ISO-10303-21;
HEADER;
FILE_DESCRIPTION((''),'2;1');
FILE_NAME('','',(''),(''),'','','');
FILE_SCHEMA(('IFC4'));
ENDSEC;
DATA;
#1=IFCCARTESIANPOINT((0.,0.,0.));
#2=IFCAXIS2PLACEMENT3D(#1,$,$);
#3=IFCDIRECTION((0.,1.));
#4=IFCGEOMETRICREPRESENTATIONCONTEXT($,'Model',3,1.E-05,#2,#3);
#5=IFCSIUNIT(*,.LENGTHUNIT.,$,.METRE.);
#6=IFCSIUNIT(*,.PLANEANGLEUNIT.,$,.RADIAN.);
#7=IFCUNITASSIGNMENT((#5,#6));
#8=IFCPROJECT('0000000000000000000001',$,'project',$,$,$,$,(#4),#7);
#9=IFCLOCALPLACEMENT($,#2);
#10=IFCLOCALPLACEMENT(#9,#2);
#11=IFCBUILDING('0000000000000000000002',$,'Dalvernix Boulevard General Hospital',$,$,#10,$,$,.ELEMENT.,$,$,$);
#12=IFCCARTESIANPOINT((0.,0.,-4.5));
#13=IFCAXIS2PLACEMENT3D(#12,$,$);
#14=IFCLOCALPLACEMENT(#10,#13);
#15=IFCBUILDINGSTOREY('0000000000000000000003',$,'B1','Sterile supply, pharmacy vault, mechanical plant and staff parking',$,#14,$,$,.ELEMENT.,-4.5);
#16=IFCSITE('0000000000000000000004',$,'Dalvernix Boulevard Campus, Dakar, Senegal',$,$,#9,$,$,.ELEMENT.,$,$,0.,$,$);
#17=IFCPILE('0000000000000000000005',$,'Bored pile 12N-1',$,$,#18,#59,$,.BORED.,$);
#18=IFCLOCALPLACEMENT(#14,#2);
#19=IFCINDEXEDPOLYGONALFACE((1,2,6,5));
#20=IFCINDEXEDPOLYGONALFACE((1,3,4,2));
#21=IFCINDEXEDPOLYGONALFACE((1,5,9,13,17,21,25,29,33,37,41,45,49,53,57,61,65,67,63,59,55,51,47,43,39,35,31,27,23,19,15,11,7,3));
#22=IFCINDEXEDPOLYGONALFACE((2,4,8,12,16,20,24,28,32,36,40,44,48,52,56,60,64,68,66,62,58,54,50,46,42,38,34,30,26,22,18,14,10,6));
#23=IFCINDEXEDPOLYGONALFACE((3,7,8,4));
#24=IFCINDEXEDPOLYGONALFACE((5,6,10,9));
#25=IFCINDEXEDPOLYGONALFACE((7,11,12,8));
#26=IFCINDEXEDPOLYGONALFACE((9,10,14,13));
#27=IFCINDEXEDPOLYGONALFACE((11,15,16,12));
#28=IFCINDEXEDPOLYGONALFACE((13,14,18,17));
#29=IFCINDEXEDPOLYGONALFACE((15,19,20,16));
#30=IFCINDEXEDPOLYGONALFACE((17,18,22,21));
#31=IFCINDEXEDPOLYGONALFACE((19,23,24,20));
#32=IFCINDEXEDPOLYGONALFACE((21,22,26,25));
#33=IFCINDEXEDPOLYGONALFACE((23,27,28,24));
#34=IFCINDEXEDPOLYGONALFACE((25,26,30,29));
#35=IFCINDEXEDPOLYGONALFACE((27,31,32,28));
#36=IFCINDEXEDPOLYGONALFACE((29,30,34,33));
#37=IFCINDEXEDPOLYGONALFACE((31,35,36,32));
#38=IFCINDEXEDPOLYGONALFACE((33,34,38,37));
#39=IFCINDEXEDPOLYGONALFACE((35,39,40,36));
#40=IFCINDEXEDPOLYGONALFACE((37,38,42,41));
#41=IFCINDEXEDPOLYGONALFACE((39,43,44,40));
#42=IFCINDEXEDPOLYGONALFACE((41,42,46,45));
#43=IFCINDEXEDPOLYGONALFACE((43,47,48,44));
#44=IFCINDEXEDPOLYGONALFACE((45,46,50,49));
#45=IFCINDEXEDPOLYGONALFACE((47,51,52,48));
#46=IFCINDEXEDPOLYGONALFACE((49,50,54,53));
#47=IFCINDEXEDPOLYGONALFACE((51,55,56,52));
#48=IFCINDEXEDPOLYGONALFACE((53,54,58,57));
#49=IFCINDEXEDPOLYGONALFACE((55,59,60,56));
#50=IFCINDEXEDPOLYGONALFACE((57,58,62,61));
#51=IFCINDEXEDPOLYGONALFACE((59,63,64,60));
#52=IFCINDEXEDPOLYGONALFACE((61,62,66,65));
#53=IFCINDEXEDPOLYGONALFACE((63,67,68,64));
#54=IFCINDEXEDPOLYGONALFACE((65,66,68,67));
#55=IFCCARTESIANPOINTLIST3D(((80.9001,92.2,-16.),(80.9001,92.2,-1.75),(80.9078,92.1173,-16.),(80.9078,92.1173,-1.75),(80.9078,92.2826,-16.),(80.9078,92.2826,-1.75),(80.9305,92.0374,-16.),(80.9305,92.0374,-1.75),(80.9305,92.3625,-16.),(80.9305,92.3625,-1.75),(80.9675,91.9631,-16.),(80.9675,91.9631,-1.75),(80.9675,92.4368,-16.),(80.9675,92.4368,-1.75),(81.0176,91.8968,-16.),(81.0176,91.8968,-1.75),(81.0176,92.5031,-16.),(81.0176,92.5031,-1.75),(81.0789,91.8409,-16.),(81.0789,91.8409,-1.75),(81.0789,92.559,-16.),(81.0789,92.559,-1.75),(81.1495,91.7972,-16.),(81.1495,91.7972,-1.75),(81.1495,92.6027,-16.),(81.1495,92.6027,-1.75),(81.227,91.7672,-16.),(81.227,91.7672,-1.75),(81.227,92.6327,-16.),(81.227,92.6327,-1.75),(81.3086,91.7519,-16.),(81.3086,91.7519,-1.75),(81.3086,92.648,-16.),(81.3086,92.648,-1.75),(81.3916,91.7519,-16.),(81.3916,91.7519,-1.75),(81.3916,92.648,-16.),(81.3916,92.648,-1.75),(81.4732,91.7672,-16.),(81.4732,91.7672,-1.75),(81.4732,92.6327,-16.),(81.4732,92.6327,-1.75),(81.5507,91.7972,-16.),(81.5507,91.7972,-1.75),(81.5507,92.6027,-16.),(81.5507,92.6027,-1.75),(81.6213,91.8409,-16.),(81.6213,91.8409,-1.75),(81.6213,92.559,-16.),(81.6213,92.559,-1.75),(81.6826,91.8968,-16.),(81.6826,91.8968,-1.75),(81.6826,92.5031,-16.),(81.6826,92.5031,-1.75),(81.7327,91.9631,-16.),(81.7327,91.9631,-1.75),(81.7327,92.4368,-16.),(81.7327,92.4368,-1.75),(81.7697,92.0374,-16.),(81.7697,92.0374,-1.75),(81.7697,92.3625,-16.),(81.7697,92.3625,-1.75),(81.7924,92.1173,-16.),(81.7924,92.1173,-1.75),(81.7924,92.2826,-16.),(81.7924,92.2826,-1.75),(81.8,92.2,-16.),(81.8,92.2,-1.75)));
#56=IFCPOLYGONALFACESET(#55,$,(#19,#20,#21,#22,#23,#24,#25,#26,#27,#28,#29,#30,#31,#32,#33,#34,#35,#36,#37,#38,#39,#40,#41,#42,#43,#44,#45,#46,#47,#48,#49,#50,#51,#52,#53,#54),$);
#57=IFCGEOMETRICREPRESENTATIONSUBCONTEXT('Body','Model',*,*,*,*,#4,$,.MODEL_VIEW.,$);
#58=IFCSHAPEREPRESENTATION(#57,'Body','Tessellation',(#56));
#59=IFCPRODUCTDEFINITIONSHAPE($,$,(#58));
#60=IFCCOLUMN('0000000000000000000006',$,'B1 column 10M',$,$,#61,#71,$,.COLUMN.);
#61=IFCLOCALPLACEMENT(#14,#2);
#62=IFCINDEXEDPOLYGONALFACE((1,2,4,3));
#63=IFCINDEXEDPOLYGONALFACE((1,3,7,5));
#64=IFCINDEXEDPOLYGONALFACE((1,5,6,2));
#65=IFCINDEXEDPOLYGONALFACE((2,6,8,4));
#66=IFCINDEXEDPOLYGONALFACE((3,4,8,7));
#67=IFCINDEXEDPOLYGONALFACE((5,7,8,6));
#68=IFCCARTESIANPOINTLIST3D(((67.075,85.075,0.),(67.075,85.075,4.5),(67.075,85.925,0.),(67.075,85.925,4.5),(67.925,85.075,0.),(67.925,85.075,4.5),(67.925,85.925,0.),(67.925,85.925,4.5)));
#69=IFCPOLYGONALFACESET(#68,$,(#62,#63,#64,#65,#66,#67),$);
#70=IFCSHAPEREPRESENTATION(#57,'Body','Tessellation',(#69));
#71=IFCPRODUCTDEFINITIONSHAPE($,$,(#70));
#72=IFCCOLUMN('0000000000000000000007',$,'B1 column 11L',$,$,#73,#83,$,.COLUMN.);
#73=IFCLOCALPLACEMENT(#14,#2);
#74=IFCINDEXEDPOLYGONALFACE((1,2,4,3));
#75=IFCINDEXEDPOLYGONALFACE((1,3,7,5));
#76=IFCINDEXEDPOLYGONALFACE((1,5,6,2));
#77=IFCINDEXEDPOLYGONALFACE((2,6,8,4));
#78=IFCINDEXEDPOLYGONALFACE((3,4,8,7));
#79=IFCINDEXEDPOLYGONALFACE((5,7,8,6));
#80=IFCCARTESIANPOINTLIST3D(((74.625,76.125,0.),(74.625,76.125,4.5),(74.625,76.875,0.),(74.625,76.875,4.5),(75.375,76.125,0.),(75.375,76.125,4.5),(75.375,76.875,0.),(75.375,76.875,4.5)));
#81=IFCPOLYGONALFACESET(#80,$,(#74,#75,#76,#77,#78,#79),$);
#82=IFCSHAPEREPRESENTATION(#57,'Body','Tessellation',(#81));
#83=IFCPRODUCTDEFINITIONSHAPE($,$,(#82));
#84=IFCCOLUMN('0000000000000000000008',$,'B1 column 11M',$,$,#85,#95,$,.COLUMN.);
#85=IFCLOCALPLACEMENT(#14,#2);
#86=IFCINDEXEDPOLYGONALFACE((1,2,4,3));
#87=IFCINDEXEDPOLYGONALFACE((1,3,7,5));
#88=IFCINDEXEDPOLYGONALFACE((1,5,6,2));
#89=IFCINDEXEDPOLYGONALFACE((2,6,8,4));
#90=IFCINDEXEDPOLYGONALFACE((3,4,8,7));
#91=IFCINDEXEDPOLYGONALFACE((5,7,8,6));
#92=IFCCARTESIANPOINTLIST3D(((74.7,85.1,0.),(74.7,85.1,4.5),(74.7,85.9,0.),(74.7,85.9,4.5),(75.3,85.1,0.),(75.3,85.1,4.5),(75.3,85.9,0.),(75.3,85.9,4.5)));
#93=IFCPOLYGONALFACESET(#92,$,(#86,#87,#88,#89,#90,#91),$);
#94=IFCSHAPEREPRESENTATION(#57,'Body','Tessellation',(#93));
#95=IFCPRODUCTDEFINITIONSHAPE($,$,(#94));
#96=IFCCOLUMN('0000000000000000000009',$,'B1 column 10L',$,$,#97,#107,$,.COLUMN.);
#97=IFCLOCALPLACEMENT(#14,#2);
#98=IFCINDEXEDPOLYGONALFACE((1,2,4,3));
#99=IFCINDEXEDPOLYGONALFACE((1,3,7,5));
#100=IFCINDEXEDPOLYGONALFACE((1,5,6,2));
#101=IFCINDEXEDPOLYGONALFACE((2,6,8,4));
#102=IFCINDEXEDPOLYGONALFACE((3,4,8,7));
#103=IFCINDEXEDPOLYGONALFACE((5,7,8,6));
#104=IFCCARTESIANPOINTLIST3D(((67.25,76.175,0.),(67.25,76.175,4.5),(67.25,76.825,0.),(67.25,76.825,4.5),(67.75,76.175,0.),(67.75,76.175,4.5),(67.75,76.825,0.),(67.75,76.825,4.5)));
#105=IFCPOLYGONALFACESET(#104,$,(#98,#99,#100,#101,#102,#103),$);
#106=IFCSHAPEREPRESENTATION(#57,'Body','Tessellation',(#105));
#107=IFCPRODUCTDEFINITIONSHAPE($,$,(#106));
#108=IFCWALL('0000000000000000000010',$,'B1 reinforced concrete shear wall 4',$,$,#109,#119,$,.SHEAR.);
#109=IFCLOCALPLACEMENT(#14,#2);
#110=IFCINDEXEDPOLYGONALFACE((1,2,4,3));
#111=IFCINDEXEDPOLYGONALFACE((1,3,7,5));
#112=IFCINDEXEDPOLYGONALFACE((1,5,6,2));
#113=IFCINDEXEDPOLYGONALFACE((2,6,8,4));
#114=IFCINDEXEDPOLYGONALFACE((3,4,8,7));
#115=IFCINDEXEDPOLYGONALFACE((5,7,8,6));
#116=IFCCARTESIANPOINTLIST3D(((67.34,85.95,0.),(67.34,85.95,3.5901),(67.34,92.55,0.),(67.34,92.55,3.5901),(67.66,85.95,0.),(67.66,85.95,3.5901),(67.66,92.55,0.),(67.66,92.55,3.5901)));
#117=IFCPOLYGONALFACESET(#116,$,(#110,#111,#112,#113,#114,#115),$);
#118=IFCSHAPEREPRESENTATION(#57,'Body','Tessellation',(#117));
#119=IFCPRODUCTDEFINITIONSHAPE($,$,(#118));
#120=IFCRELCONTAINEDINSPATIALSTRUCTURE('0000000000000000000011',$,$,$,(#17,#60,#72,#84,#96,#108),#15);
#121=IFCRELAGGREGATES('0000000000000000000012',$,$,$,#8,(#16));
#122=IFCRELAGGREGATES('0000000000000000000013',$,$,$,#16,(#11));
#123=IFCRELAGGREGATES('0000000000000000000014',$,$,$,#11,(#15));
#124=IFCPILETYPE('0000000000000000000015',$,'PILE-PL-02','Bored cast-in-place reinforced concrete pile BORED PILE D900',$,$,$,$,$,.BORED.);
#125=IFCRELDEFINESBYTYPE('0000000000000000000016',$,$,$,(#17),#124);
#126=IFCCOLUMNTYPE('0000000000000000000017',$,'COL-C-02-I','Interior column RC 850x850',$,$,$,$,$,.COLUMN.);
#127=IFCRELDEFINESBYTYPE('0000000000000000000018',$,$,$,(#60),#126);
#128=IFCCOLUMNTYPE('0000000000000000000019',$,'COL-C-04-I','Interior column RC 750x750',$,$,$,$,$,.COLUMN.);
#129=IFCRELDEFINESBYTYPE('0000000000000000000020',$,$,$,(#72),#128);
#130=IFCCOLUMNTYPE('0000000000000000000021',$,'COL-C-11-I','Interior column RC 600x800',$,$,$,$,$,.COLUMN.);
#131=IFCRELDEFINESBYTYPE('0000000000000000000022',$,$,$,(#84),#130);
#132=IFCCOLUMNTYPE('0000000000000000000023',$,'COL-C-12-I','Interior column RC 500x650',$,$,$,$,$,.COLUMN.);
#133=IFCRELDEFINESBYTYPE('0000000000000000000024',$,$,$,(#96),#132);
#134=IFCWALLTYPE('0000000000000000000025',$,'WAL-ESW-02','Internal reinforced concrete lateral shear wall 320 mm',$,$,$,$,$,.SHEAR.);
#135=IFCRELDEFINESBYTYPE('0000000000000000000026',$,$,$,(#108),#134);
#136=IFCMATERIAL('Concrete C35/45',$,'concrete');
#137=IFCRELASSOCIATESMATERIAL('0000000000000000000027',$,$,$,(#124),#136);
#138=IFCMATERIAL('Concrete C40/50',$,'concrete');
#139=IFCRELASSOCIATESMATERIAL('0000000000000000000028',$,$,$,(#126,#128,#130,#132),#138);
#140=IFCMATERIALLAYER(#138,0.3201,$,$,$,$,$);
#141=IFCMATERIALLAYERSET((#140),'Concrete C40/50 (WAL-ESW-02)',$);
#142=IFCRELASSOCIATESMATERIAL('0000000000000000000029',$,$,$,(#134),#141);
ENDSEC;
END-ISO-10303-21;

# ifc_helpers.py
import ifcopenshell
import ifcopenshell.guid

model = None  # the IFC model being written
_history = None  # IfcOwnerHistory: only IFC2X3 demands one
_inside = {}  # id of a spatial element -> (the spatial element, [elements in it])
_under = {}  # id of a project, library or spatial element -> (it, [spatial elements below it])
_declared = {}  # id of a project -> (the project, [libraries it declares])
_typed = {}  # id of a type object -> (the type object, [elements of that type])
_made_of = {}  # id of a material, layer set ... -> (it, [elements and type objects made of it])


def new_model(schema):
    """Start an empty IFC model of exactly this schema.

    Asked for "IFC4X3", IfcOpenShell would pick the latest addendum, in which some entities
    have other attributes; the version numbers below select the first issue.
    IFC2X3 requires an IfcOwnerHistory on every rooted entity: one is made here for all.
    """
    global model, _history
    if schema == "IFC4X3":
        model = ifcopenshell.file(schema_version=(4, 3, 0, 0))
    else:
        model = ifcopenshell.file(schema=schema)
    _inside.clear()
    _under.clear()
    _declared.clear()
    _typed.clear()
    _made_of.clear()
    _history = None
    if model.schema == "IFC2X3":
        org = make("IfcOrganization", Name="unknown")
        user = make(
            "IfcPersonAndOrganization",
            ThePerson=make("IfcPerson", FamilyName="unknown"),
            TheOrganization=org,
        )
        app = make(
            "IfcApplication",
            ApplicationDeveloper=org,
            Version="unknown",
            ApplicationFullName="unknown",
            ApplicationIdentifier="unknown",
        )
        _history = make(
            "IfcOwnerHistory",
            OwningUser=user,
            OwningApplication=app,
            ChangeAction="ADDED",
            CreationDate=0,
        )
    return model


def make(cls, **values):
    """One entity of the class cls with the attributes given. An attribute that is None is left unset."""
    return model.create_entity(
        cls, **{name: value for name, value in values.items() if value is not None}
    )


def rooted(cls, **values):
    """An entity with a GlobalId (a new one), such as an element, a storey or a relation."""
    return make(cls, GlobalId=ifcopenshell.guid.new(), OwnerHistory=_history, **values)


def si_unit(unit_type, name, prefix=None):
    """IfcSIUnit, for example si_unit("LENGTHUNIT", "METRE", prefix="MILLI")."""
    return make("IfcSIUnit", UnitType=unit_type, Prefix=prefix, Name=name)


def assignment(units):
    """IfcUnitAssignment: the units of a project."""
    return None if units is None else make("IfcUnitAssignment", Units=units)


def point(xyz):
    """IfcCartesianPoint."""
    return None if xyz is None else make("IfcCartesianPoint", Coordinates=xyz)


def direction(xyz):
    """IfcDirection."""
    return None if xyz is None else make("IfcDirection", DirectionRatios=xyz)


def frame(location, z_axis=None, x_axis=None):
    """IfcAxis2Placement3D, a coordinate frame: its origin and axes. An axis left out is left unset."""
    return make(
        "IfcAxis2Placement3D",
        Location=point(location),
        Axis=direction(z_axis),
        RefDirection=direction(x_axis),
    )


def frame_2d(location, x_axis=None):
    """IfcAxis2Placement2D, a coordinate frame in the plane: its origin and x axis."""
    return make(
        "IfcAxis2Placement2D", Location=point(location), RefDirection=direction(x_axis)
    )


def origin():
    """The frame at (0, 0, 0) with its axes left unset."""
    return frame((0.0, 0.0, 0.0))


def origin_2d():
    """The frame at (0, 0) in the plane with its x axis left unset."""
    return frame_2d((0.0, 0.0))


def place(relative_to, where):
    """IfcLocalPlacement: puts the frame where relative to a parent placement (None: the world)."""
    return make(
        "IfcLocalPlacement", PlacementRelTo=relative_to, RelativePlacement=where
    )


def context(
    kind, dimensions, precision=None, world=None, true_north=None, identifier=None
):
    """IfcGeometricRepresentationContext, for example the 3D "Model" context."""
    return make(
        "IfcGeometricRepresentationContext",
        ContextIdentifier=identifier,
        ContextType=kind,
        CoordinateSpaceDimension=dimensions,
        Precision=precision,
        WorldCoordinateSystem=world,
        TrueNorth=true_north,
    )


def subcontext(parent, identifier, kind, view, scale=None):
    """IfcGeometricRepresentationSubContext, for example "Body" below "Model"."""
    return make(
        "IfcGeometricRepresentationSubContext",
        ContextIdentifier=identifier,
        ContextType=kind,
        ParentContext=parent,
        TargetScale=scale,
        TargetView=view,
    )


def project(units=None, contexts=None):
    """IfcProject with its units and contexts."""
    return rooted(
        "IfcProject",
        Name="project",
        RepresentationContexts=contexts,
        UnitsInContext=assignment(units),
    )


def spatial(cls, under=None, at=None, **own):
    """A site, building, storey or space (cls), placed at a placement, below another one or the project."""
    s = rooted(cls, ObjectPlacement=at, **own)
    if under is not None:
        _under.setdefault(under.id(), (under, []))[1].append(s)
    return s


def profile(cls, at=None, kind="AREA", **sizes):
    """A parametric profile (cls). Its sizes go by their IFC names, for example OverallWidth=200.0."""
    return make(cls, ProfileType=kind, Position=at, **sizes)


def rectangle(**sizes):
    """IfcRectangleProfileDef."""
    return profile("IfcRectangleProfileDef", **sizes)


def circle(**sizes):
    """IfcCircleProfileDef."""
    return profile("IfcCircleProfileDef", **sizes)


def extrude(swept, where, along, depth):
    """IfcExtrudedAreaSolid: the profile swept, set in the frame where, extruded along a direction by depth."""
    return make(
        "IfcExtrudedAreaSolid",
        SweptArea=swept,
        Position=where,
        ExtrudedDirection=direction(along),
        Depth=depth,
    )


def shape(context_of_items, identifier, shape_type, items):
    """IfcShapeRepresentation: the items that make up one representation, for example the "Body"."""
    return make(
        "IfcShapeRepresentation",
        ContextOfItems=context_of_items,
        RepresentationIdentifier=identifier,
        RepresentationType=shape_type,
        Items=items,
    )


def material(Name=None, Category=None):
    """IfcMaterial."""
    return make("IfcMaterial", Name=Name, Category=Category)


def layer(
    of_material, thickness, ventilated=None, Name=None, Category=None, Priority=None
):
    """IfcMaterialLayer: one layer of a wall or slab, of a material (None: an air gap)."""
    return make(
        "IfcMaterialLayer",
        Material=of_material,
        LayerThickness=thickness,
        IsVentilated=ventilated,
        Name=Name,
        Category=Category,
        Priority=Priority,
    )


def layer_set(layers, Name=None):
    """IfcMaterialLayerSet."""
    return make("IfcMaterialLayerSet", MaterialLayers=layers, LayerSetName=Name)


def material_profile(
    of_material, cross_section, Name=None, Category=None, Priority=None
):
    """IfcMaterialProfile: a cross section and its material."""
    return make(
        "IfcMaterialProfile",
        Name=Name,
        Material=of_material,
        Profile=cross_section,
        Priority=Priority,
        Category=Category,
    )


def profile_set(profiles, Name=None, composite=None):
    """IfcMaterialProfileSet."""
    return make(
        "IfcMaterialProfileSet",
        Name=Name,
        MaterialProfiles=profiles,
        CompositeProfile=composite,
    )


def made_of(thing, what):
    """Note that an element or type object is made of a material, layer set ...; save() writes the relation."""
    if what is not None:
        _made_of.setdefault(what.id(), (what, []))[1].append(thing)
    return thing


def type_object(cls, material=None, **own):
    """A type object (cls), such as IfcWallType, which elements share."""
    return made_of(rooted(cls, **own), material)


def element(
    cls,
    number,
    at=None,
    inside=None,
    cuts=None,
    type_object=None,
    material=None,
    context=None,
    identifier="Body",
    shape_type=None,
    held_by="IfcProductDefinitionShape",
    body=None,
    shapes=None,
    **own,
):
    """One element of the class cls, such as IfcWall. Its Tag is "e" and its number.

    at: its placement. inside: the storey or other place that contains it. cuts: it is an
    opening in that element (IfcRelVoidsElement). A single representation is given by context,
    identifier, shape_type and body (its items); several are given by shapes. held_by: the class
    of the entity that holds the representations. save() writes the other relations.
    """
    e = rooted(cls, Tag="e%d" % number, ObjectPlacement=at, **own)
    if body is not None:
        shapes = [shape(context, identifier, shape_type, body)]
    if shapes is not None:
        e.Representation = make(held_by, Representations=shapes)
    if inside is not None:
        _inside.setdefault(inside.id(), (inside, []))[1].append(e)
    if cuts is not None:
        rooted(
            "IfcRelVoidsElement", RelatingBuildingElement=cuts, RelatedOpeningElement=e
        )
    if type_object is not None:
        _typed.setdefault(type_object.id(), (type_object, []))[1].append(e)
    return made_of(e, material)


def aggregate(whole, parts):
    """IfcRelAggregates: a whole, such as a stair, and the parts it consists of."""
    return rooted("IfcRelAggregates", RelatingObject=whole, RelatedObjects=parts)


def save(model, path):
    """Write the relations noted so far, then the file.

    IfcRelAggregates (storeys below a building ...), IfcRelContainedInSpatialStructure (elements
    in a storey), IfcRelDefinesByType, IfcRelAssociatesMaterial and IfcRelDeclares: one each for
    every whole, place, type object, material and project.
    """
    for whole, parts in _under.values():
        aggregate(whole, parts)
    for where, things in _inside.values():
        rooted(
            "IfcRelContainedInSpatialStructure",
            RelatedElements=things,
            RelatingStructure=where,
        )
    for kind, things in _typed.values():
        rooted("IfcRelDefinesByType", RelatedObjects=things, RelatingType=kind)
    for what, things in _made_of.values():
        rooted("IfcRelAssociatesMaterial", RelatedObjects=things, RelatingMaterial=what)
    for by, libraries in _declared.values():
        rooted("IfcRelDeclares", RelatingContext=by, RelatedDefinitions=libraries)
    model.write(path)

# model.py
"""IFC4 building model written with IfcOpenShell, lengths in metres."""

from ifc_helpers import new_model, si_unit, direction, frame, frame_2d, origin, origin_2d, place, context, subcontext, project, spatial, rectangle, circle, extrude, material, layer, layer_set, material_profile, profile_set, type_object, element, save


model = new_model("IFC4")

# Units and contexts
model_context = context("Model", 3, precision=1e-05, world=origin(), true_north=direction((0.0, 1.0)))
body_context = subcontext(model_context, "Body", "Model", "MODEL_VIEW")
ifc_project = project(units=[si_unit("LENGTHUNIT", "METRE"), si_unit("PLANEANGLEUNIT", "RADIAN")], contexts=[model_context])

# Site, building, storey
site_placement = place(None, origin())
site = spatial("IfcSite", under=ifc_project, at=site_placement, Name="Dalvernix Boulevard Campus, Dakar, Senegal", CompositionType="ELEMENT", RefElevation=0.0)
building_placement = place(site_placement, origin())
building = spatial("IfcBuilding", under=site, at=building_placement, Name="Dalvernix Boulevard General Hospital", CompositionType="ELEMENT")
storey_placement = place(building_placement, frame((0.0, 0.0, -4.5)))
storey = spatial("IfcBuildingStorey", under=building, at=storey_placement, Name="B1", Description="Sterile supply, pharmacy vault, mechanical plant and staff parking", CompositionType="ELEMENT", Elevation=-4.5)

# Shared definitions
ifc_material_1 = material(Name="Concrete C35/45", Category="concrete")
ifc_material_2 = material(Name="Concrete C40/50", Category="concrete")

# Pile
ifc_material_profile_1 = material_profile(ifc_material_1, circle(Radius=0.45, at=origin_2d()), Name="BORED PILE D900")
ifc_profile_set_1 = profile_set([ifc_material_profile_1], Name="Concrete C35/45")
pile_type = type_object("IfcPileType", Name="PILE-PL-02", Description="Bored cast-in-place reinforced concrete pile BORED PILE D900", PredefinedType="BORED", material=ifc_profile_set_1)
pile_1_placement = place(storey_placement, frame((81.3501, 92.2, -1.75), z_axis=(0.0, 0.0, -1.0), x_axis=(1.0, 0.0, 0.0)))
element("IfcPile", 1, at=pile_1_placement, inside=storey, type_object=pile_type, Name="Bored pile 12N-1", PredefinedType="BORED", context=body_context, shape_type="SweptSolid", body=[
    extrude(circle(Radius=0.45, at=origin_2d()), origin(), (0.0, 0.0, 1.0), 14.25),
])

# Columns
ifc_material_profile_2 = material_profile(ifc_material_2, rectangle(XDim=0.8501, YDim=0.8501, at=origin_2d()), Name="RC 850x850")
ifc_profile_set_2 = profile_set([ifc_material_profile_2], Name="Concrete C40/50")
column_type_1 = type_object("IfcColumnType", Name="COL-C-02-I", Description="Interior column RC 850x850", PredefinedType="COLUMN", material=ifc_profile_set_2)
column_1_placement = place(storey_placement, frame((67.5, 85.5, 0.0), z_axis=(0.0, 0.0, 1.0), x_axis=(1.0, 0.0, 0.0)))
element("IfcColumn", 2, at=column_1_placement, inside=storey, type_object=column_type_1, Name="B1 column 10M", PredefinedType="COLUMN", context=body_context, shape_type="SweptSolid", body=[
    extrude(rectangle(XDim=0.8501, YDim=0.8501, at=origin_2d()), origin(), (0.0, 0.0, 1.0), 4.5),
])
ifc_material_profile_3 = material_profile(ifc_material_2, rectangle(XDim=0.75, YDim=0.75, at=origin_2d()), Name="RC 750x750")
ifc_profile_set_3 = profile_set([ifc_material_profile_3], Name="Concrete C40/50")
column_type_2 = type_object("IfcColumnType", Name="COL-C-04-I", Description="Interior column RC 750x750", PredefinedType="COLUMN", material=ifc_profile_set_3)
column_2_placement = place(storey_placement, frame((75.0, 76.5, 0.0), z_axis=(0.0, 0.0, 1.0), x_axis=(1.0, 0.0, 0.0)))
element("IfcColumn", 3, at=column_2_placement, inside=storey, type_object=column_type_2, Name="B1 column 11L", PredefinedType="COLUMN", context=body_context, shape_type="SweptSolid", body=[
    extrude(rectangle(XDim=0.75, YDim=0.75, at=origin_2d()), origin(), (0.0, 0.0, 1.0), 4.5),
])
ifc_material_profile_4 = material_profile(ifc_material_2, rectangle(XDim=0.6001, YDim=0.8, at=origin_2d()), Name="RC 600x800")
ifc_profile_set_4 = profile_set([ifc_material_profile_4], Name="Concrete C40/50")
column_type_3 = type_object("IfcColumnType", Name="COL-C-11-I", Description="Interior column RC 600x800", PredefinedType="COLUMN", material=ifc_profile_set_4)
column_3_placement = place(storey_placement, frame((75.0, 85.5, 0.0), z_axis=(0.0, 0.0, 1.0), x_axis=(1.0, 0.0, 0.0)))
element("IfcColumn", 4, at=column_3_placement, inside=storey, type_object=column_type_3, Name="B1 column 11M", PredefinedType="COLUMN", context=body_context, shape_type="SweptSolid", body=[
    extrude(rectangle(XDim=0.6001, YDim=0.8, at=origin_2d()), origin(), (0.0, 0.0, 1.0), 4.5),
])
ifc_material_profile_5 = material_profile(ifc_material_2, rectangle(XDim=0.5, YDim=0.6499, at=origin_2d()), Name="RC 500x650")
ifc_profile_set_5 = profile_set([ifc_material_profile_5], Name="Concrete C40/50")
column_type_4 = type_object("IfcColumnType", Name="COL-C-12-I", Description="Interior column RC 500x650", PredefinedType="COLUMN", material=ifc_profile_set_5)
column_4_placement = place(storey_placement, frame((67.5, 76.5, 0.0), z_axis=(0.0, 0.0, 1.0), x_axis=(1.0, 0.0, 0.0)))
element("IfcColumn", 5, at=column_4_placement, inside=storey, type_object=column_type_4, Name="B1 column 10L", PredefinedType="COLUMN", context=body_context, shape_type="SweptSolid", body=[
    extrude(rectangle(XDim=0.5, YDim=0.6499, at=origin_2d()), origin(), (0.0, 0.0, 1.0), 4.5),
])

# Wall
ifc_layer = layer(ifc_material_2, 0.3201)
ifc_layer_set = layer_set([ifc_layer], Name="Concrete C40/50 (WAL-ESW-02)")
wall_type = type_object("IfcWallType", Name="WAL-ESW-02", Description="Internal reinforced concrete lateral shear wall 320 mm", PredefinedType="SHEAR", material=ifc_layer_set)
wall_placement = place(storey_placement, frame((67.5, 85.95, 0.0), z_axis=(0.0, 0.0, 1.0), x_axis=(0.0, 1.0, 0.0)))
element("IfcWall", 6, at=wall_placement, inside=storey, type_object=wall_type, Name="B1 reinforced concrete shear wall 4", PredefinedType="SHEAR", context=body_context, shape_type="SweptSolid", body=[
    extrude(rectangle(XDim=6.6001, YDim=0.3201, at=frame_2d((3.3, 0.0))), origin(), (0.0, 0.0, 1.0), 3.5901),
])

save(model, "model.ifc")
